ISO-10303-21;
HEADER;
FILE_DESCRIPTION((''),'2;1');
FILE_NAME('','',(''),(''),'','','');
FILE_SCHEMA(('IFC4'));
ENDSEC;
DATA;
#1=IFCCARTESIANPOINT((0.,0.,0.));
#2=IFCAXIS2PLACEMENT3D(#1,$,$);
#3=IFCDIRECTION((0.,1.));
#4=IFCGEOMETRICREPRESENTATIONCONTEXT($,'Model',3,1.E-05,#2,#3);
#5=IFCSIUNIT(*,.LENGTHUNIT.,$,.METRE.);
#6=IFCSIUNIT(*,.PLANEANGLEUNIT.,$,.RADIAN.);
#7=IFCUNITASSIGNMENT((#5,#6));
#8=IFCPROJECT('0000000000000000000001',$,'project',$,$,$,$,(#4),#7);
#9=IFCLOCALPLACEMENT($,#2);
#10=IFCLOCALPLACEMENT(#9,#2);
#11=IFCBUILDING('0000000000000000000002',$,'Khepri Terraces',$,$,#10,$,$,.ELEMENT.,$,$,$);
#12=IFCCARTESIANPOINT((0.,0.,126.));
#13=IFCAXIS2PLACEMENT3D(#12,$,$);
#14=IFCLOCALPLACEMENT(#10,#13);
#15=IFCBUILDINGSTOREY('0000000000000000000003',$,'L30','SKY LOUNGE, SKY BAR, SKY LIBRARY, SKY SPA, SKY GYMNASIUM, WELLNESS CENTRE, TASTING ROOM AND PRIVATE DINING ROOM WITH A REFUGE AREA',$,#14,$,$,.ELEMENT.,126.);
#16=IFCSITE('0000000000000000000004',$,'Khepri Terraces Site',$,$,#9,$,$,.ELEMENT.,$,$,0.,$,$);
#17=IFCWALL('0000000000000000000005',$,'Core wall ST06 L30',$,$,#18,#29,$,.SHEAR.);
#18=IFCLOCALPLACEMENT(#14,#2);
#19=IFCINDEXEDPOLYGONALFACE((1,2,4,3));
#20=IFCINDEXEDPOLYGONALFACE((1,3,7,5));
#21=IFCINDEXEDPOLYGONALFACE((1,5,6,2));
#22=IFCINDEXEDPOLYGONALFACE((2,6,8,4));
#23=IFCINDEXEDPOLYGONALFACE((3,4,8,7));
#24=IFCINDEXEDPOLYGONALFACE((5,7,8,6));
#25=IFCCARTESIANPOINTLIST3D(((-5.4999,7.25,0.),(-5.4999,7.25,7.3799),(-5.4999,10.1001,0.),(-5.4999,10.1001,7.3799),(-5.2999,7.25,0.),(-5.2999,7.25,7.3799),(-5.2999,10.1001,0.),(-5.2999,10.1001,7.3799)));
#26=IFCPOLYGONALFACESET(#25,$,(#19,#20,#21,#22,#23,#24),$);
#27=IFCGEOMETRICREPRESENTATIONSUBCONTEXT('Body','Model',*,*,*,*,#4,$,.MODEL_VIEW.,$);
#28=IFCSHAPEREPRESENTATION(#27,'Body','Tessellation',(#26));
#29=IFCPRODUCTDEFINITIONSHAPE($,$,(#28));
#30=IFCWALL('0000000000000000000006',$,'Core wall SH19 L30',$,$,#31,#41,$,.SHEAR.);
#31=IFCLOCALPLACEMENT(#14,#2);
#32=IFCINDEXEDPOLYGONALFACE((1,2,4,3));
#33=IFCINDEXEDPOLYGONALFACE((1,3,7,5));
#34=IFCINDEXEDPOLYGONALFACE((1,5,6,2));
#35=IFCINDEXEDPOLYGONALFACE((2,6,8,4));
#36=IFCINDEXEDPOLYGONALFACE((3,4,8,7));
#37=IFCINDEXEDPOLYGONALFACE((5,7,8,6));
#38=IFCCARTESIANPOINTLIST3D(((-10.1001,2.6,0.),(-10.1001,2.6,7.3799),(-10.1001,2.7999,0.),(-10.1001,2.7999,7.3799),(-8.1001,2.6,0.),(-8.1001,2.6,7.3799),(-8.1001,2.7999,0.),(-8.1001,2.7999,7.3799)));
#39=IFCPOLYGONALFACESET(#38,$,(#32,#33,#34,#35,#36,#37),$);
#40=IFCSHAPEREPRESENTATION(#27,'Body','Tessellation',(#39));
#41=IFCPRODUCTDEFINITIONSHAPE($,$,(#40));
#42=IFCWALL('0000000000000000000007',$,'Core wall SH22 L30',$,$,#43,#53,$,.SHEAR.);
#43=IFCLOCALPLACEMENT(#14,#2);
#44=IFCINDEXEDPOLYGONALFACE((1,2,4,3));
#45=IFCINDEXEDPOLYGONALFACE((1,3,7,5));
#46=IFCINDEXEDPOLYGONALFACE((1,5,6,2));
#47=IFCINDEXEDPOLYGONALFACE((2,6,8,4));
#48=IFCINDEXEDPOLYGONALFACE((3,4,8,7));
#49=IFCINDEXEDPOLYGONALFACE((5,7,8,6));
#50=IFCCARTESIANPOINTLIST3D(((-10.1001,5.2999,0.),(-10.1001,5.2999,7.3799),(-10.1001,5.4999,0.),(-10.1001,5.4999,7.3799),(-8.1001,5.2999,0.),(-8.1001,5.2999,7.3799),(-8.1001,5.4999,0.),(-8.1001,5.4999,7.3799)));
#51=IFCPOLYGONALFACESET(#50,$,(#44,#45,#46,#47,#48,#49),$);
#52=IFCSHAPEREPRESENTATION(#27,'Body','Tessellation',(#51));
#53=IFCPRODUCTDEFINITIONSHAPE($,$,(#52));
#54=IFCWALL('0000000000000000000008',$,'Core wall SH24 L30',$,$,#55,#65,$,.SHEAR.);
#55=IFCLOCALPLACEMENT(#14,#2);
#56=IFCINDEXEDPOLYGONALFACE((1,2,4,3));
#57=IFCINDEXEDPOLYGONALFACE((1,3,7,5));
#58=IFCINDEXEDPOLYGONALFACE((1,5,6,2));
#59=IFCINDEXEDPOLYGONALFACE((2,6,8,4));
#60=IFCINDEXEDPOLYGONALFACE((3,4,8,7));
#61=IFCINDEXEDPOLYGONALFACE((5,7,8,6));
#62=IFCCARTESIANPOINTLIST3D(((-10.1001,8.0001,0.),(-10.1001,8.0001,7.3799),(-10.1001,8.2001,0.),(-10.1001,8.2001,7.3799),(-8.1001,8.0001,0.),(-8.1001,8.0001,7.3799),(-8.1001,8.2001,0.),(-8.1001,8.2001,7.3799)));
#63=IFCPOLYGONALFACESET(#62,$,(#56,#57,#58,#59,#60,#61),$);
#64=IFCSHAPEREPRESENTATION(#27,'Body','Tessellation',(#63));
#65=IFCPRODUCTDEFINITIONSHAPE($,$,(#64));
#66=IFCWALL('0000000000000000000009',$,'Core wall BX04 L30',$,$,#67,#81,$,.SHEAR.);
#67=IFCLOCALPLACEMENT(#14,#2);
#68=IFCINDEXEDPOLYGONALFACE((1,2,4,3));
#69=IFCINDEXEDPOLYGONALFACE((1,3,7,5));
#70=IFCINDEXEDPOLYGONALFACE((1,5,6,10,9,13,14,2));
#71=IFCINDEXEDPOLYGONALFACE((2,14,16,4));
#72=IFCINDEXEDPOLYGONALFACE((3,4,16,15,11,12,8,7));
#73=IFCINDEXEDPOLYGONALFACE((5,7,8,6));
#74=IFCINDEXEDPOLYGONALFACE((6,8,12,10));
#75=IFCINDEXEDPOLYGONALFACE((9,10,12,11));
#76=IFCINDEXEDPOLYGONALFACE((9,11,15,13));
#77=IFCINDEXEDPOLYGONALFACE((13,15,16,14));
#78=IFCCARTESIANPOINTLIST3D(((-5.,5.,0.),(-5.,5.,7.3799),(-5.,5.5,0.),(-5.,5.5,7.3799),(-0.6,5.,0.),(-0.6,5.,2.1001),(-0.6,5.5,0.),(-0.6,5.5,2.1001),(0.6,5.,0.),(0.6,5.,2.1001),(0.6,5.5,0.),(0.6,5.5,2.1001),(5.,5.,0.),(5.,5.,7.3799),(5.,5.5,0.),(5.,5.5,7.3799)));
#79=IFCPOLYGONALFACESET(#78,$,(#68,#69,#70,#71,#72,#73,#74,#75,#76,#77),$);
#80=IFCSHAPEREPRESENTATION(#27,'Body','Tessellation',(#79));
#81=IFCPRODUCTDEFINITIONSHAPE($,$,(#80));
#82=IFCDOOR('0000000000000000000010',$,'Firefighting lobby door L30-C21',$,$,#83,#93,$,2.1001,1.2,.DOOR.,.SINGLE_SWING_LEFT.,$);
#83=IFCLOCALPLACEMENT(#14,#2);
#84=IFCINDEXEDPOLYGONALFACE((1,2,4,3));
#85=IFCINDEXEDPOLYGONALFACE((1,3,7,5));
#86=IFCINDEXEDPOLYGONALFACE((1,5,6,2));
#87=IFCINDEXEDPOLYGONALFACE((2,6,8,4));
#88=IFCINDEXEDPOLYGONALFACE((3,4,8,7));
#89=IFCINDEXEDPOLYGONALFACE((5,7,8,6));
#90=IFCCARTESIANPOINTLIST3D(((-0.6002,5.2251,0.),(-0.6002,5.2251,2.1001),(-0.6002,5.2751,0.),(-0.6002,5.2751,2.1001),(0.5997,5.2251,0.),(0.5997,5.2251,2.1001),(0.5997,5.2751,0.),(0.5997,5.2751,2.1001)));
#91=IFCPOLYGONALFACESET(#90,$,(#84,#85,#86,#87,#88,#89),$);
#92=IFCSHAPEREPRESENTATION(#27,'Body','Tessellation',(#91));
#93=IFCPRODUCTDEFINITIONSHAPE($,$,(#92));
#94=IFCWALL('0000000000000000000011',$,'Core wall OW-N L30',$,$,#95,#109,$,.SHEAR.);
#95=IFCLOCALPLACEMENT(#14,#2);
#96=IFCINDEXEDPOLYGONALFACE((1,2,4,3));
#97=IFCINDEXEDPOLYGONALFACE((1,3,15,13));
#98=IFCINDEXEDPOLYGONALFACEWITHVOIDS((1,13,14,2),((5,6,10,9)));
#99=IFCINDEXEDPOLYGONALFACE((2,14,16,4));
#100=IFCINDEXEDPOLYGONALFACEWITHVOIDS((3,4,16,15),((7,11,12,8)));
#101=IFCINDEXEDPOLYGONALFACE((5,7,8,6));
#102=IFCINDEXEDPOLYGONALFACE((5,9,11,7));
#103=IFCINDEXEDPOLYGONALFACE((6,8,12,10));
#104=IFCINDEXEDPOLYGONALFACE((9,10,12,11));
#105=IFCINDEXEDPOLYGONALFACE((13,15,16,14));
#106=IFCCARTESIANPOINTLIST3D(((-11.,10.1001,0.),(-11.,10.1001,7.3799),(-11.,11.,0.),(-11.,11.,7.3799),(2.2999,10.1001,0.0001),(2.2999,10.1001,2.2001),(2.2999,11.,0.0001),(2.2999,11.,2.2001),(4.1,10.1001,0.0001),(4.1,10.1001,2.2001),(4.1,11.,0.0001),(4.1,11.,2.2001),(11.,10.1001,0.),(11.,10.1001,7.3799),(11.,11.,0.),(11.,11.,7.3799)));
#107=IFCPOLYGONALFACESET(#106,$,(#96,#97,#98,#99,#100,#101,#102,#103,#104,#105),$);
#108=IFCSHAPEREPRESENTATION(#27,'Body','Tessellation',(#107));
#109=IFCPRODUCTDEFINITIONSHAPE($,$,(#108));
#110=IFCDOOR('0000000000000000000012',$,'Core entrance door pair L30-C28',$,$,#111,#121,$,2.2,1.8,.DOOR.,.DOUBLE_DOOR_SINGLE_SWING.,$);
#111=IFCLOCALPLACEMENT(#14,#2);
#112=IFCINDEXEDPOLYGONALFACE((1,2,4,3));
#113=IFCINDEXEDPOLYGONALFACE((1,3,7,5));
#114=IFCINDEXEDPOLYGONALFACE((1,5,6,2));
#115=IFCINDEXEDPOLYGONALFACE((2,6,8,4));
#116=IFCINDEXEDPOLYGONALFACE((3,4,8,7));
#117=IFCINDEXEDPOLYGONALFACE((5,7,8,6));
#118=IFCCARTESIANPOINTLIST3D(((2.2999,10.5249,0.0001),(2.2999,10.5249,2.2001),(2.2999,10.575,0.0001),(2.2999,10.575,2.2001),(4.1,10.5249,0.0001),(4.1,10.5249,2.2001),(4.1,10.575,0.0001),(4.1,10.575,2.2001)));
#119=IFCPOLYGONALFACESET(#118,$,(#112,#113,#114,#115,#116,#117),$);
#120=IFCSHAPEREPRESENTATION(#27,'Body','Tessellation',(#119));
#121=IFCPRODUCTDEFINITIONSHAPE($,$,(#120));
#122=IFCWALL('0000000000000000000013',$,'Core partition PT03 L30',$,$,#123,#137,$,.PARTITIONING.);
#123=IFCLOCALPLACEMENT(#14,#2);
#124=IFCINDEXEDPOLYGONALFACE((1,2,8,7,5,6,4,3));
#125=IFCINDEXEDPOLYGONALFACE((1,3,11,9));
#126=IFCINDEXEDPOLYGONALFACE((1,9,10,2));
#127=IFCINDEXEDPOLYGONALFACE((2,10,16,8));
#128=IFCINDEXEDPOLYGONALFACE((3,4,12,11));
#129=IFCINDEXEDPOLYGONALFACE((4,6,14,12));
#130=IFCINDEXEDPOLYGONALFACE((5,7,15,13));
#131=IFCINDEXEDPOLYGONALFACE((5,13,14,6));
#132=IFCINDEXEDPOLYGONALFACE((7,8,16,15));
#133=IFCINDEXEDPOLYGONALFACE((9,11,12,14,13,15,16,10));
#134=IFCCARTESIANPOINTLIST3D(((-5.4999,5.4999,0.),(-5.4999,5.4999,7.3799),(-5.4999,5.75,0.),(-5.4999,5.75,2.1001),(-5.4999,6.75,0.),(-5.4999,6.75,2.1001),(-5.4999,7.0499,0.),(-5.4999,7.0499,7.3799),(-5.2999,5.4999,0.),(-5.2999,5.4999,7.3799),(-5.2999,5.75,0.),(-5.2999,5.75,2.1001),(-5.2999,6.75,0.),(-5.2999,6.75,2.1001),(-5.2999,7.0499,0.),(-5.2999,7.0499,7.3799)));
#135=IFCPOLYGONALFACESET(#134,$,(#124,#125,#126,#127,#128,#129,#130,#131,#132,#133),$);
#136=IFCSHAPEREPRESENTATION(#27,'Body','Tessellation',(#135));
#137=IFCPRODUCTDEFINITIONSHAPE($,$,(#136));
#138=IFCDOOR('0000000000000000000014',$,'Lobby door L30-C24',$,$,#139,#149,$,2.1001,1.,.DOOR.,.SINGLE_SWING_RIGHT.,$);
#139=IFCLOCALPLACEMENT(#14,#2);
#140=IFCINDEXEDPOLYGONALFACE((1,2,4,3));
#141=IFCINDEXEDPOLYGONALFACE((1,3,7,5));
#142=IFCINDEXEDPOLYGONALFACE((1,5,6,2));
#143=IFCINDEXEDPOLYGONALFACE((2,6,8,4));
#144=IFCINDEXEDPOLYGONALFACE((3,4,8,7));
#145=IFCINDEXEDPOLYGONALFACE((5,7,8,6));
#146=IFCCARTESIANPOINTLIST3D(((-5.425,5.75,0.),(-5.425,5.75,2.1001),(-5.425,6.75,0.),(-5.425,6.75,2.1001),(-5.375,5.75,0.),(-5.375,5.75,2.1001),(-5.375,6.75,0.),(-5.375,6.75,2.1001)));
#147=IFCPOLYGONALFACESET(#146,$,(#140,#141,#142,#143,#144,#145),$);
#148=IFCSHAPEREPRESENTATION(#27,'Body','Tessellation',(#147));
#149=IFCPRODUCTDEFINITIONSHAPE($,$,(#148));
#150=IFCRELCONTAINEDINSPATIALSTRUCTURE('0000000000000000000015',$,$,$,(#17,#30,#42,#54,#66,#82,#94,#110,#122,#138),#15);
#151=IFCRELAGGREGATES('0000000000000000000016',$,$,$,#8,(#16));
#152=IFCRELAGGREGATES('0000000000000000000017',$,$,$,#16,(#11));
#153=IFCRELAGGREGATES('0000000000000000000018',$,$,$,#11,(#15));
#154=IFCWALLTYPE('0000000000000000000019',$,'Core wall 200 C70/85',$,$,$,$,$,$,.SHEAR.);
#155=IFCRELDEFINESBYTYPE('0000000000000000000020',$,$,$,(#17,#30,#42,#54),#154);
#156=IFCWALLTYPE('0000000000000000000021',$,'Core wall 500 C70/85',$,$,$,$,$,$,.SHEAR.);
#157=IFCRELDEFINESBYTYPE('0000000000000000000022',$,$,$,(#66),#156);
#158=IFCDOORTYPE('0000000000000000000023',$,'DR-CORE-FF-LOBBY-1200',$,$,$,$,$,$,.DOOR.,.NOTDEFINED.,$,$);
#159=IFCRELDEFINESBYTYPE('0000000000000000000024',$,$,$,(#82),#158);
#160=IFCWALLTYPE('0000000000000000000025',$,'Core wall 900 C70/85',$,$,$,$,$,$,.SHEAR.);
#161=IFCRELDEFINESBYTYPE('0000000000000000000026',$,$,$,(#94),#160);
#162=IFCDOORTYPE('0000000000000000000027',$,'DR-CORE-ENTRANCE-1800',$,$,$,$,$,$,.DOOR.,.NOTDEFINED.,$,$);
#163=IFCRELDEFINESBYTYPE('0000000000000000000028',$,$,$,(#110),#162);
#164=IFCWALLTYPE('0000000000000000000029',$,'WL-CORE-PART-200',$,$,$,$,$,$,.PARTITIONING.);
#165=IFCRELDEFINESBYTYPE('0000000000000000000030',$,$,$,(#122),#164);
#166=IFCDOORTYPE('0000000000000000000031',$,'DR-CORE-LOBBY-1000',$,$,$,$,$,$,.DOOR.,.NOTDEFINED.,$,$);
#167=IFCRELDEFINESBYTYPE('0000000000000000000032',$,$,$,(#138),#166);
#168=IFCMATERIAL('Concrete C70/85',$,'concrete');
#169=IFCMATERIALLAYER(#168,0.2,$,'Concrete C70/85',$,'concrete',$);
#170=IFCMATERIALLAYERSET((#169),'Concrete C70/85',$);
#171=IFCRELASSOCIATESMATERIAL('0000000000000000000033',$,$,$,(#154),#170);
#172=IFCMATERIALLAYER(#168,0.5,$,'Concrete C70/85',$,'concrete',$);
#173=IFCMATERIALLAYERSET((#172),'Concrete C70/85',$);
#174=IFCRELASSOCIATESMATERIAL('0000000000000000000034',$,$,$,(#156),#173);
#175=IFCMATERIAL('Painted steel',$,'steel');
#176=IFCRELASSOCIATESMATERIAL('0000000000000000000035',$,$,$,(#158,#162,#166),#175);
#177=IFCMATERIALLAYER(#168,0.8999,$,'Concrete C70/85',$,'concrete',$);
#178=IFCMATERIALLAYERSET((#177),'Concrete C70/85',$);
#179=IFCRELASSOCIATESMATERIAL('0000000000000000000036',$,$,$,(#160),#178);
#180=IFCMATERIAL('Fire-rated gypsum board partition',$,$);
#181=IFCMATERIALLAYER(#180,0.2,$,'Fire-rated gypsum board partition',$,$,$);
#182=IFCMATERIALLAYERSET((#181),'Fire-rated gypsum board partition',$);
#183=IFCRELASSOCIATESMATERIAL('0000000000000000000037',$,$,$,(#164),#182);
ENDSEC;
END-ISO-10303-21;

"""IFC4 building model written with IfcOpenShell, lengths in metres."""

from ifc_helpers import new_model, si_unit, direction, frame, frame_2d, origin, place, context, subcontext, project, spatial, rectangle, extrude, material, layer, layer_set, type_object, element, fill, save


model = new_model("IFC4")

# Units and contexts
model_context = context("Model", 3, precision=1e-05, world=origin(), true_north=direction((0.0, 1.0)))
body_context = subcontext(model_context, "Body", "Model", "MODEL_VIEW")
ifc_project = project(units=[si_unit("LENGTHUNIT", "METRE"), si_unit("PLANEANGLEUNIT", "RADIAN")], contexts=[model_context])

# Site, building, storey
site_placement = place(None, origin())
site = spatial("IfcSite", under=ifc_project, at=site_placement, Name="Khepri Terraces Site", CompositionType="ELEMENT", RefElevation=0.0)
building_placement = place(site_placement, origin())
building = spatial("IfcBuilding", under=site, at=building_placement, Name="Khepri Terraces", CompositionType="ELEMENT")
storey_placement = place(building_placement, frame((0.0, 0.0, 126.0)))
storey = spatial("IfcBuildingStorey", under=building, at=storey_placement, Name="L30", Description="SKY LOUNGE, SKY BAR, SKY LIBRARY, SKY SPA, SKY GYMNASIUM, WELLNESS CENTRE, TASTING ROOM AND PRIVATE DINING ROOM WITH A REFUGE AREA", CompositionType="ELEMENT", Elevation=126.0)

# Walls
ifc_material_1 = material(Name="Concrete C70/85", Category="concrete")
ifc_layer_1 = layer(ifc_material_1, 0.2, Name="Concrete C70/85", Category="concrete")
ifc_layer_set_1 = layer_set([ifc_layer_1], Name="Concrete C70/85")
wall_type_1 = type_object("IfcWallType", Name="Core wall 200 C70/85", PredefinedType="SHEAR", material=ifc_layer_set_1)
wall_1_placement = place(storey_placement, frame((-5.3999, 7.25, 0.0), z_axis=(0.0, 0.0, 1.0), x_axis=(0.0, 1.0, 0.0)))
element("IfcWall", 1, at=wall_1_placement, inside=storey, type_object=wall_type_1, Name="Core wall ST06 L30", PredefinedType="SHEAR", context=body_context, shape_type="SweptSolid", body=[
    extrude(rectangle(XDim=2.8501, YDim=0.2, at=frame_2d((1.425, 0.0))), origin(), (0.0, 0.0, 1.0), 7.3799),
])
for number, where, z_axis, x_axis, name in (
    (2, (-10.1001, 2.7, 0.0), (0.0, 0.0, 1.0), (1.0, 0.0, 0.0), "Core wall SH19 L30"),
    (3, (-10.1001, 5.3999, 0.0), (0.0, 0.0, 1.0), (1.0, 0.0, 0.0), "Core wall SH22 L30"),
    (4, (-10.1001, 8.1001, 0.0), (0.0, 0.0, 1.0), (1.0, 0.0, 0.0), "Core wall SH24 L30"),
):
    element("IfcWall", number, at=place(storey_placement, frame(where, z_axis=z_axis, x_axis=x_axis)), inside=storey, type_object=wall_type_1, Name=name, PredefinedType="SHEAR", context=body_context, shape_type="SweptSolid", body=[
        extrude(rectangle(XDim=2.0, YDim=0.2, at=frame_2d((1.0, 0.0))), origin(), (0.0, 0.0, 1.0), 7.3799),
    ])

# Walls, openings, doors
ifc_layer_2 = layer(ifc_material_1, 0.5, Name="Concrete C70/85", Category="concrete")
ifc_layer_set_2 = layer_set([ifc_layer_2], Name="Concrete C70/85")
wall_type_2 = type_object("IfcWallType", Name="Core wall 500 C70/85", PredefinedType="SHEAR", material=ifc_layer_set_2)
wall_2_placement = place(storey_placement, frame((-5.0, 5.25, 0.0), z_axis=(0.0, 0.0, 1.0), x_axis=(1.0, 0.0, 0.0)))
wall_2 = element("IfcWall", 5, at=wall_2_placement, inside=storey, type_object=wall_type_2, Name="Core wall BX04 L30", PredefinedType="SHEAR", context=body_context, shape_type="SweptSolid", body=[
    extrude(rectangle(XDim=10.0, YDim=0.5, at=frame_2d((5.0, 0.0))), origin(), (0.0, 0.0, 1.0), 7.3799),
])
opening_1_placement = place(wall_2_placement, frame((4.3999, 0.0, 0.0)))
opening_1 = element("IfcOpeningElement", 6, at=opening_1_placement, cuts=wall_2, PredefinedType="OPENING", context=body_context, shape_type="SweptSolid", body=[
    extrude(rectangle(XDim=1.2, YDim=2.1001, at=frame_2d((0.6001, 1.05))), frame((0.0, 0.26, 0.0), z_axis=(0.0, -1.0, 0.0), x_axis=(1.0, 0.0, 0.0)), (0.0, 0.0, 1.0), 0.52),
])
ifc_material_2 = material(Name="Painted steel", Category="steel")
door_type_1 = type_object("IfcDoorType", Name="DR-CORE-FF-LOBBY-1200", OperationType="NOTDEFINED", PredefinedType="DOOR", material=ifc_material_2)
door_1_placement = place(opening_1_placement, frame((1.2, 0.0, 0.0), z_axis=(0.0, 0.0, 1.0), x_axis=(-1.0, 0.0, 0.0)))
door_1 = element("IfcDoor", 7, at=door_1_placement, inside=storey, type_object=door_type_1, Name="Firefighting lobby door L30-C21", OperationType="SINGLE_SWING_LEFT", OverallHeight=2.1001, OverallWidth=1.2, PredefinedType="DOOR", context=body_context, shape_type="SweptSolid", body=[
    extrude(rectangle(XDim=1.2, YDim=2.1001, at=frame_2d((0.6001, 1.05))), frame((0.0, 0.0249, 0.0), z_axis=(0.0, -1.0, 0.0), x_axis=(1.0, 0.0, 0.0)), (0.0, 0.0, 1.0), 0.05),
])
fill(opening_1, door_1)
ifc_layer_3 = layer(ifc_material_1, 0.8999, Name="Concrete C70/85", Category="concrete")
ifc_layer_set_3 = layer_set([ifc_layer_3], Name="Concrete C70/85")
wall_type_3 = type_object("IfcWallType", Name="Core wall 900 C70/85", PredefinedType="SHEAR", material=ifc_layer_set_3)
wall_3_placement = place(storey_placement, frame((-11.0, 10.55, 0.0), z_axis=(0.0, 0.0, 1.0), x_axis=(1.0, 0.0, 0.0)))
wall_3 = element("IfcWall", 8, at=wall_3_placement, inside=storey, type_object=wall_type_3, Name="Core wall OW-N L30", PredefinedType="SHEAR", context=body_context, shape_type="SweptSolid", body=[
    extrude(rectangle(XDim=22.0, YDim=0.8999, at=frame_2d((11.0, 0.0))), origin(), (0.0, 0.0, 1.0), 7.3799),
])
opening_2_placement = place(wall_3_placement, frame((13.3, 0.0, 0.0)))
opening_2 = element("IfcOpeningElement", 9, at=opening_2_placement, cuts=wall_3, PredefinedType="OPENING", context=body_context, shape_type="SweptSolid", body=[
    extrude(rectangle(XDim=1.8, YDim=2.2, at=frame_2d((0.8999, 1.1001))), frame((0.0, 0.46, 0.0), z_axis=(0.0, -1.0, 0.0), x_axis=(1.0, 0.0, 0.0)), (0.0, 0.0, 1.0), 0.9199),
])
door_type_2 = type_object("IfcDoorType", Name="DR-CORE-ENTRANCE-1800", OperationType="NOTDEFINED", PredefinedType="DOOR", material=ifc_material_2)
door_2_placement = place(opening_2_placement, origin())
door_2 = element("IfcDoor", 10, at=door_2_placement, inside=storey, type_object=door_type_2, Name="Core entrance door pair L30-C28", OperationType="DOUBLE_DOOR_SINGLE_SWING", OverallHeight=2.2, OverallWidth=1.8, PredefinedType="DOOR", context=body_context, shape_type="SweptSolid", body=[
    extrude(rectangle(XDim=1.8, YDim=2.2, at=frame_2d((0.8999, 1.1001))), frame((0.0, 0.0249, 0.0), z_axis=(0.0, -1.0, 0.0), x_axis=(1.0, 0.0, 0.0)), (0.0, 0.0, 1.0), 0.05),
])
fill(opening_2, door_2)
ifc_material_3 = material(Name="Fire-rated gypsum board partition")
ifc_layer_4 = layer(ifc_material_3, 0.2, Name="Fire-rated gypsum board partition")
ifc_layer_set_4 = layer_set([ifc_layer_4], Name="Fire-rated gypsum board partition")
wall_type_4 = type_object("IfcWallType", Name="WL-CORE-PART-200", PredefinedType="PARTITIONING", material=ifc_layer_set_4)
wall_4_placement = place(storey_placement, frame((-5.3999, 5.5, 0.0), z_axis=(0.0, 0.0, 1.0), x_axis=(0.0, 1.0, 0.0)))
wall_4 = element("IfcWall", 11, at=wall_4_placement, inside=storey, type_object=wall_type_4, Name="Core partition PT03 L30", PredefinedType="PARTITIONING", context=body_context, shape_type="SweptSolid", body=[
    extrude(rectangle(XDim=1.55, YDim=0.2, at=frame_2d((0.7749, 0.0))), origin(), (0.0, 0.0, 1.0), 7.3799),
])
opening_3_placement = place(wall_4_placement, frame((0.25, 0.0, 0.0)))
opening_3 = element("IfcOpeningElement", 12, at=opening_3_placement, cuts=wall_4, PredefinedType="OPENING", context=body_context, shape_type="SweptSolid", body=[
    extrude(rectangle(XDim=1.0, YDim=2.1001, at=frame_2d((0.5, 1.05))), frame((0.0, 0.1099, 0.0), z_axis=(0.0, -1.0, 0.0), x_axis=(1.0, 0.0, 0.0)), (0.0, 0.0, 1.0), 0.22),
])
door_type_3 = type_object("IfcDoorType", Name="DR-CORE-LOBBY-1000", OperationType="NOTDEFINED", PredefinedType="DOOR", material=ifc_material_2)
door_3_placement = place(opening_3_placement, frame((1.0, 0.0, 0.0), z_axis=(0.0, 0.0, 1.0), x_axis=(-1.0, 0.0, 0.0)))
door_3 = element("IfcDoor", 13, at=door_3_placement, inside=storey, type_object=door_type_3, Name="Lobby door L30-C24", OperationType="SINGLE_SWING_RIGHT", OverallHeight=2.1001, OverallWidth=1.0, PredefinedType="DOOR", context=body_context, shape_type="SweptSolid", body=[
    extrude(rectangle(XDim=1.0, YDim=2.1001, at=frame_2d((0.5, 1.05))), frame((0.0, 0.0249, 0.0), z_axis=(0.0, -1.0, 0.0), x_axis=(1.0, 0.0, 0.0)), (0.0, 0.0, 1.0), 0.05),
])
fill(opening_3, door_3)

save(model, "model.ifc")
